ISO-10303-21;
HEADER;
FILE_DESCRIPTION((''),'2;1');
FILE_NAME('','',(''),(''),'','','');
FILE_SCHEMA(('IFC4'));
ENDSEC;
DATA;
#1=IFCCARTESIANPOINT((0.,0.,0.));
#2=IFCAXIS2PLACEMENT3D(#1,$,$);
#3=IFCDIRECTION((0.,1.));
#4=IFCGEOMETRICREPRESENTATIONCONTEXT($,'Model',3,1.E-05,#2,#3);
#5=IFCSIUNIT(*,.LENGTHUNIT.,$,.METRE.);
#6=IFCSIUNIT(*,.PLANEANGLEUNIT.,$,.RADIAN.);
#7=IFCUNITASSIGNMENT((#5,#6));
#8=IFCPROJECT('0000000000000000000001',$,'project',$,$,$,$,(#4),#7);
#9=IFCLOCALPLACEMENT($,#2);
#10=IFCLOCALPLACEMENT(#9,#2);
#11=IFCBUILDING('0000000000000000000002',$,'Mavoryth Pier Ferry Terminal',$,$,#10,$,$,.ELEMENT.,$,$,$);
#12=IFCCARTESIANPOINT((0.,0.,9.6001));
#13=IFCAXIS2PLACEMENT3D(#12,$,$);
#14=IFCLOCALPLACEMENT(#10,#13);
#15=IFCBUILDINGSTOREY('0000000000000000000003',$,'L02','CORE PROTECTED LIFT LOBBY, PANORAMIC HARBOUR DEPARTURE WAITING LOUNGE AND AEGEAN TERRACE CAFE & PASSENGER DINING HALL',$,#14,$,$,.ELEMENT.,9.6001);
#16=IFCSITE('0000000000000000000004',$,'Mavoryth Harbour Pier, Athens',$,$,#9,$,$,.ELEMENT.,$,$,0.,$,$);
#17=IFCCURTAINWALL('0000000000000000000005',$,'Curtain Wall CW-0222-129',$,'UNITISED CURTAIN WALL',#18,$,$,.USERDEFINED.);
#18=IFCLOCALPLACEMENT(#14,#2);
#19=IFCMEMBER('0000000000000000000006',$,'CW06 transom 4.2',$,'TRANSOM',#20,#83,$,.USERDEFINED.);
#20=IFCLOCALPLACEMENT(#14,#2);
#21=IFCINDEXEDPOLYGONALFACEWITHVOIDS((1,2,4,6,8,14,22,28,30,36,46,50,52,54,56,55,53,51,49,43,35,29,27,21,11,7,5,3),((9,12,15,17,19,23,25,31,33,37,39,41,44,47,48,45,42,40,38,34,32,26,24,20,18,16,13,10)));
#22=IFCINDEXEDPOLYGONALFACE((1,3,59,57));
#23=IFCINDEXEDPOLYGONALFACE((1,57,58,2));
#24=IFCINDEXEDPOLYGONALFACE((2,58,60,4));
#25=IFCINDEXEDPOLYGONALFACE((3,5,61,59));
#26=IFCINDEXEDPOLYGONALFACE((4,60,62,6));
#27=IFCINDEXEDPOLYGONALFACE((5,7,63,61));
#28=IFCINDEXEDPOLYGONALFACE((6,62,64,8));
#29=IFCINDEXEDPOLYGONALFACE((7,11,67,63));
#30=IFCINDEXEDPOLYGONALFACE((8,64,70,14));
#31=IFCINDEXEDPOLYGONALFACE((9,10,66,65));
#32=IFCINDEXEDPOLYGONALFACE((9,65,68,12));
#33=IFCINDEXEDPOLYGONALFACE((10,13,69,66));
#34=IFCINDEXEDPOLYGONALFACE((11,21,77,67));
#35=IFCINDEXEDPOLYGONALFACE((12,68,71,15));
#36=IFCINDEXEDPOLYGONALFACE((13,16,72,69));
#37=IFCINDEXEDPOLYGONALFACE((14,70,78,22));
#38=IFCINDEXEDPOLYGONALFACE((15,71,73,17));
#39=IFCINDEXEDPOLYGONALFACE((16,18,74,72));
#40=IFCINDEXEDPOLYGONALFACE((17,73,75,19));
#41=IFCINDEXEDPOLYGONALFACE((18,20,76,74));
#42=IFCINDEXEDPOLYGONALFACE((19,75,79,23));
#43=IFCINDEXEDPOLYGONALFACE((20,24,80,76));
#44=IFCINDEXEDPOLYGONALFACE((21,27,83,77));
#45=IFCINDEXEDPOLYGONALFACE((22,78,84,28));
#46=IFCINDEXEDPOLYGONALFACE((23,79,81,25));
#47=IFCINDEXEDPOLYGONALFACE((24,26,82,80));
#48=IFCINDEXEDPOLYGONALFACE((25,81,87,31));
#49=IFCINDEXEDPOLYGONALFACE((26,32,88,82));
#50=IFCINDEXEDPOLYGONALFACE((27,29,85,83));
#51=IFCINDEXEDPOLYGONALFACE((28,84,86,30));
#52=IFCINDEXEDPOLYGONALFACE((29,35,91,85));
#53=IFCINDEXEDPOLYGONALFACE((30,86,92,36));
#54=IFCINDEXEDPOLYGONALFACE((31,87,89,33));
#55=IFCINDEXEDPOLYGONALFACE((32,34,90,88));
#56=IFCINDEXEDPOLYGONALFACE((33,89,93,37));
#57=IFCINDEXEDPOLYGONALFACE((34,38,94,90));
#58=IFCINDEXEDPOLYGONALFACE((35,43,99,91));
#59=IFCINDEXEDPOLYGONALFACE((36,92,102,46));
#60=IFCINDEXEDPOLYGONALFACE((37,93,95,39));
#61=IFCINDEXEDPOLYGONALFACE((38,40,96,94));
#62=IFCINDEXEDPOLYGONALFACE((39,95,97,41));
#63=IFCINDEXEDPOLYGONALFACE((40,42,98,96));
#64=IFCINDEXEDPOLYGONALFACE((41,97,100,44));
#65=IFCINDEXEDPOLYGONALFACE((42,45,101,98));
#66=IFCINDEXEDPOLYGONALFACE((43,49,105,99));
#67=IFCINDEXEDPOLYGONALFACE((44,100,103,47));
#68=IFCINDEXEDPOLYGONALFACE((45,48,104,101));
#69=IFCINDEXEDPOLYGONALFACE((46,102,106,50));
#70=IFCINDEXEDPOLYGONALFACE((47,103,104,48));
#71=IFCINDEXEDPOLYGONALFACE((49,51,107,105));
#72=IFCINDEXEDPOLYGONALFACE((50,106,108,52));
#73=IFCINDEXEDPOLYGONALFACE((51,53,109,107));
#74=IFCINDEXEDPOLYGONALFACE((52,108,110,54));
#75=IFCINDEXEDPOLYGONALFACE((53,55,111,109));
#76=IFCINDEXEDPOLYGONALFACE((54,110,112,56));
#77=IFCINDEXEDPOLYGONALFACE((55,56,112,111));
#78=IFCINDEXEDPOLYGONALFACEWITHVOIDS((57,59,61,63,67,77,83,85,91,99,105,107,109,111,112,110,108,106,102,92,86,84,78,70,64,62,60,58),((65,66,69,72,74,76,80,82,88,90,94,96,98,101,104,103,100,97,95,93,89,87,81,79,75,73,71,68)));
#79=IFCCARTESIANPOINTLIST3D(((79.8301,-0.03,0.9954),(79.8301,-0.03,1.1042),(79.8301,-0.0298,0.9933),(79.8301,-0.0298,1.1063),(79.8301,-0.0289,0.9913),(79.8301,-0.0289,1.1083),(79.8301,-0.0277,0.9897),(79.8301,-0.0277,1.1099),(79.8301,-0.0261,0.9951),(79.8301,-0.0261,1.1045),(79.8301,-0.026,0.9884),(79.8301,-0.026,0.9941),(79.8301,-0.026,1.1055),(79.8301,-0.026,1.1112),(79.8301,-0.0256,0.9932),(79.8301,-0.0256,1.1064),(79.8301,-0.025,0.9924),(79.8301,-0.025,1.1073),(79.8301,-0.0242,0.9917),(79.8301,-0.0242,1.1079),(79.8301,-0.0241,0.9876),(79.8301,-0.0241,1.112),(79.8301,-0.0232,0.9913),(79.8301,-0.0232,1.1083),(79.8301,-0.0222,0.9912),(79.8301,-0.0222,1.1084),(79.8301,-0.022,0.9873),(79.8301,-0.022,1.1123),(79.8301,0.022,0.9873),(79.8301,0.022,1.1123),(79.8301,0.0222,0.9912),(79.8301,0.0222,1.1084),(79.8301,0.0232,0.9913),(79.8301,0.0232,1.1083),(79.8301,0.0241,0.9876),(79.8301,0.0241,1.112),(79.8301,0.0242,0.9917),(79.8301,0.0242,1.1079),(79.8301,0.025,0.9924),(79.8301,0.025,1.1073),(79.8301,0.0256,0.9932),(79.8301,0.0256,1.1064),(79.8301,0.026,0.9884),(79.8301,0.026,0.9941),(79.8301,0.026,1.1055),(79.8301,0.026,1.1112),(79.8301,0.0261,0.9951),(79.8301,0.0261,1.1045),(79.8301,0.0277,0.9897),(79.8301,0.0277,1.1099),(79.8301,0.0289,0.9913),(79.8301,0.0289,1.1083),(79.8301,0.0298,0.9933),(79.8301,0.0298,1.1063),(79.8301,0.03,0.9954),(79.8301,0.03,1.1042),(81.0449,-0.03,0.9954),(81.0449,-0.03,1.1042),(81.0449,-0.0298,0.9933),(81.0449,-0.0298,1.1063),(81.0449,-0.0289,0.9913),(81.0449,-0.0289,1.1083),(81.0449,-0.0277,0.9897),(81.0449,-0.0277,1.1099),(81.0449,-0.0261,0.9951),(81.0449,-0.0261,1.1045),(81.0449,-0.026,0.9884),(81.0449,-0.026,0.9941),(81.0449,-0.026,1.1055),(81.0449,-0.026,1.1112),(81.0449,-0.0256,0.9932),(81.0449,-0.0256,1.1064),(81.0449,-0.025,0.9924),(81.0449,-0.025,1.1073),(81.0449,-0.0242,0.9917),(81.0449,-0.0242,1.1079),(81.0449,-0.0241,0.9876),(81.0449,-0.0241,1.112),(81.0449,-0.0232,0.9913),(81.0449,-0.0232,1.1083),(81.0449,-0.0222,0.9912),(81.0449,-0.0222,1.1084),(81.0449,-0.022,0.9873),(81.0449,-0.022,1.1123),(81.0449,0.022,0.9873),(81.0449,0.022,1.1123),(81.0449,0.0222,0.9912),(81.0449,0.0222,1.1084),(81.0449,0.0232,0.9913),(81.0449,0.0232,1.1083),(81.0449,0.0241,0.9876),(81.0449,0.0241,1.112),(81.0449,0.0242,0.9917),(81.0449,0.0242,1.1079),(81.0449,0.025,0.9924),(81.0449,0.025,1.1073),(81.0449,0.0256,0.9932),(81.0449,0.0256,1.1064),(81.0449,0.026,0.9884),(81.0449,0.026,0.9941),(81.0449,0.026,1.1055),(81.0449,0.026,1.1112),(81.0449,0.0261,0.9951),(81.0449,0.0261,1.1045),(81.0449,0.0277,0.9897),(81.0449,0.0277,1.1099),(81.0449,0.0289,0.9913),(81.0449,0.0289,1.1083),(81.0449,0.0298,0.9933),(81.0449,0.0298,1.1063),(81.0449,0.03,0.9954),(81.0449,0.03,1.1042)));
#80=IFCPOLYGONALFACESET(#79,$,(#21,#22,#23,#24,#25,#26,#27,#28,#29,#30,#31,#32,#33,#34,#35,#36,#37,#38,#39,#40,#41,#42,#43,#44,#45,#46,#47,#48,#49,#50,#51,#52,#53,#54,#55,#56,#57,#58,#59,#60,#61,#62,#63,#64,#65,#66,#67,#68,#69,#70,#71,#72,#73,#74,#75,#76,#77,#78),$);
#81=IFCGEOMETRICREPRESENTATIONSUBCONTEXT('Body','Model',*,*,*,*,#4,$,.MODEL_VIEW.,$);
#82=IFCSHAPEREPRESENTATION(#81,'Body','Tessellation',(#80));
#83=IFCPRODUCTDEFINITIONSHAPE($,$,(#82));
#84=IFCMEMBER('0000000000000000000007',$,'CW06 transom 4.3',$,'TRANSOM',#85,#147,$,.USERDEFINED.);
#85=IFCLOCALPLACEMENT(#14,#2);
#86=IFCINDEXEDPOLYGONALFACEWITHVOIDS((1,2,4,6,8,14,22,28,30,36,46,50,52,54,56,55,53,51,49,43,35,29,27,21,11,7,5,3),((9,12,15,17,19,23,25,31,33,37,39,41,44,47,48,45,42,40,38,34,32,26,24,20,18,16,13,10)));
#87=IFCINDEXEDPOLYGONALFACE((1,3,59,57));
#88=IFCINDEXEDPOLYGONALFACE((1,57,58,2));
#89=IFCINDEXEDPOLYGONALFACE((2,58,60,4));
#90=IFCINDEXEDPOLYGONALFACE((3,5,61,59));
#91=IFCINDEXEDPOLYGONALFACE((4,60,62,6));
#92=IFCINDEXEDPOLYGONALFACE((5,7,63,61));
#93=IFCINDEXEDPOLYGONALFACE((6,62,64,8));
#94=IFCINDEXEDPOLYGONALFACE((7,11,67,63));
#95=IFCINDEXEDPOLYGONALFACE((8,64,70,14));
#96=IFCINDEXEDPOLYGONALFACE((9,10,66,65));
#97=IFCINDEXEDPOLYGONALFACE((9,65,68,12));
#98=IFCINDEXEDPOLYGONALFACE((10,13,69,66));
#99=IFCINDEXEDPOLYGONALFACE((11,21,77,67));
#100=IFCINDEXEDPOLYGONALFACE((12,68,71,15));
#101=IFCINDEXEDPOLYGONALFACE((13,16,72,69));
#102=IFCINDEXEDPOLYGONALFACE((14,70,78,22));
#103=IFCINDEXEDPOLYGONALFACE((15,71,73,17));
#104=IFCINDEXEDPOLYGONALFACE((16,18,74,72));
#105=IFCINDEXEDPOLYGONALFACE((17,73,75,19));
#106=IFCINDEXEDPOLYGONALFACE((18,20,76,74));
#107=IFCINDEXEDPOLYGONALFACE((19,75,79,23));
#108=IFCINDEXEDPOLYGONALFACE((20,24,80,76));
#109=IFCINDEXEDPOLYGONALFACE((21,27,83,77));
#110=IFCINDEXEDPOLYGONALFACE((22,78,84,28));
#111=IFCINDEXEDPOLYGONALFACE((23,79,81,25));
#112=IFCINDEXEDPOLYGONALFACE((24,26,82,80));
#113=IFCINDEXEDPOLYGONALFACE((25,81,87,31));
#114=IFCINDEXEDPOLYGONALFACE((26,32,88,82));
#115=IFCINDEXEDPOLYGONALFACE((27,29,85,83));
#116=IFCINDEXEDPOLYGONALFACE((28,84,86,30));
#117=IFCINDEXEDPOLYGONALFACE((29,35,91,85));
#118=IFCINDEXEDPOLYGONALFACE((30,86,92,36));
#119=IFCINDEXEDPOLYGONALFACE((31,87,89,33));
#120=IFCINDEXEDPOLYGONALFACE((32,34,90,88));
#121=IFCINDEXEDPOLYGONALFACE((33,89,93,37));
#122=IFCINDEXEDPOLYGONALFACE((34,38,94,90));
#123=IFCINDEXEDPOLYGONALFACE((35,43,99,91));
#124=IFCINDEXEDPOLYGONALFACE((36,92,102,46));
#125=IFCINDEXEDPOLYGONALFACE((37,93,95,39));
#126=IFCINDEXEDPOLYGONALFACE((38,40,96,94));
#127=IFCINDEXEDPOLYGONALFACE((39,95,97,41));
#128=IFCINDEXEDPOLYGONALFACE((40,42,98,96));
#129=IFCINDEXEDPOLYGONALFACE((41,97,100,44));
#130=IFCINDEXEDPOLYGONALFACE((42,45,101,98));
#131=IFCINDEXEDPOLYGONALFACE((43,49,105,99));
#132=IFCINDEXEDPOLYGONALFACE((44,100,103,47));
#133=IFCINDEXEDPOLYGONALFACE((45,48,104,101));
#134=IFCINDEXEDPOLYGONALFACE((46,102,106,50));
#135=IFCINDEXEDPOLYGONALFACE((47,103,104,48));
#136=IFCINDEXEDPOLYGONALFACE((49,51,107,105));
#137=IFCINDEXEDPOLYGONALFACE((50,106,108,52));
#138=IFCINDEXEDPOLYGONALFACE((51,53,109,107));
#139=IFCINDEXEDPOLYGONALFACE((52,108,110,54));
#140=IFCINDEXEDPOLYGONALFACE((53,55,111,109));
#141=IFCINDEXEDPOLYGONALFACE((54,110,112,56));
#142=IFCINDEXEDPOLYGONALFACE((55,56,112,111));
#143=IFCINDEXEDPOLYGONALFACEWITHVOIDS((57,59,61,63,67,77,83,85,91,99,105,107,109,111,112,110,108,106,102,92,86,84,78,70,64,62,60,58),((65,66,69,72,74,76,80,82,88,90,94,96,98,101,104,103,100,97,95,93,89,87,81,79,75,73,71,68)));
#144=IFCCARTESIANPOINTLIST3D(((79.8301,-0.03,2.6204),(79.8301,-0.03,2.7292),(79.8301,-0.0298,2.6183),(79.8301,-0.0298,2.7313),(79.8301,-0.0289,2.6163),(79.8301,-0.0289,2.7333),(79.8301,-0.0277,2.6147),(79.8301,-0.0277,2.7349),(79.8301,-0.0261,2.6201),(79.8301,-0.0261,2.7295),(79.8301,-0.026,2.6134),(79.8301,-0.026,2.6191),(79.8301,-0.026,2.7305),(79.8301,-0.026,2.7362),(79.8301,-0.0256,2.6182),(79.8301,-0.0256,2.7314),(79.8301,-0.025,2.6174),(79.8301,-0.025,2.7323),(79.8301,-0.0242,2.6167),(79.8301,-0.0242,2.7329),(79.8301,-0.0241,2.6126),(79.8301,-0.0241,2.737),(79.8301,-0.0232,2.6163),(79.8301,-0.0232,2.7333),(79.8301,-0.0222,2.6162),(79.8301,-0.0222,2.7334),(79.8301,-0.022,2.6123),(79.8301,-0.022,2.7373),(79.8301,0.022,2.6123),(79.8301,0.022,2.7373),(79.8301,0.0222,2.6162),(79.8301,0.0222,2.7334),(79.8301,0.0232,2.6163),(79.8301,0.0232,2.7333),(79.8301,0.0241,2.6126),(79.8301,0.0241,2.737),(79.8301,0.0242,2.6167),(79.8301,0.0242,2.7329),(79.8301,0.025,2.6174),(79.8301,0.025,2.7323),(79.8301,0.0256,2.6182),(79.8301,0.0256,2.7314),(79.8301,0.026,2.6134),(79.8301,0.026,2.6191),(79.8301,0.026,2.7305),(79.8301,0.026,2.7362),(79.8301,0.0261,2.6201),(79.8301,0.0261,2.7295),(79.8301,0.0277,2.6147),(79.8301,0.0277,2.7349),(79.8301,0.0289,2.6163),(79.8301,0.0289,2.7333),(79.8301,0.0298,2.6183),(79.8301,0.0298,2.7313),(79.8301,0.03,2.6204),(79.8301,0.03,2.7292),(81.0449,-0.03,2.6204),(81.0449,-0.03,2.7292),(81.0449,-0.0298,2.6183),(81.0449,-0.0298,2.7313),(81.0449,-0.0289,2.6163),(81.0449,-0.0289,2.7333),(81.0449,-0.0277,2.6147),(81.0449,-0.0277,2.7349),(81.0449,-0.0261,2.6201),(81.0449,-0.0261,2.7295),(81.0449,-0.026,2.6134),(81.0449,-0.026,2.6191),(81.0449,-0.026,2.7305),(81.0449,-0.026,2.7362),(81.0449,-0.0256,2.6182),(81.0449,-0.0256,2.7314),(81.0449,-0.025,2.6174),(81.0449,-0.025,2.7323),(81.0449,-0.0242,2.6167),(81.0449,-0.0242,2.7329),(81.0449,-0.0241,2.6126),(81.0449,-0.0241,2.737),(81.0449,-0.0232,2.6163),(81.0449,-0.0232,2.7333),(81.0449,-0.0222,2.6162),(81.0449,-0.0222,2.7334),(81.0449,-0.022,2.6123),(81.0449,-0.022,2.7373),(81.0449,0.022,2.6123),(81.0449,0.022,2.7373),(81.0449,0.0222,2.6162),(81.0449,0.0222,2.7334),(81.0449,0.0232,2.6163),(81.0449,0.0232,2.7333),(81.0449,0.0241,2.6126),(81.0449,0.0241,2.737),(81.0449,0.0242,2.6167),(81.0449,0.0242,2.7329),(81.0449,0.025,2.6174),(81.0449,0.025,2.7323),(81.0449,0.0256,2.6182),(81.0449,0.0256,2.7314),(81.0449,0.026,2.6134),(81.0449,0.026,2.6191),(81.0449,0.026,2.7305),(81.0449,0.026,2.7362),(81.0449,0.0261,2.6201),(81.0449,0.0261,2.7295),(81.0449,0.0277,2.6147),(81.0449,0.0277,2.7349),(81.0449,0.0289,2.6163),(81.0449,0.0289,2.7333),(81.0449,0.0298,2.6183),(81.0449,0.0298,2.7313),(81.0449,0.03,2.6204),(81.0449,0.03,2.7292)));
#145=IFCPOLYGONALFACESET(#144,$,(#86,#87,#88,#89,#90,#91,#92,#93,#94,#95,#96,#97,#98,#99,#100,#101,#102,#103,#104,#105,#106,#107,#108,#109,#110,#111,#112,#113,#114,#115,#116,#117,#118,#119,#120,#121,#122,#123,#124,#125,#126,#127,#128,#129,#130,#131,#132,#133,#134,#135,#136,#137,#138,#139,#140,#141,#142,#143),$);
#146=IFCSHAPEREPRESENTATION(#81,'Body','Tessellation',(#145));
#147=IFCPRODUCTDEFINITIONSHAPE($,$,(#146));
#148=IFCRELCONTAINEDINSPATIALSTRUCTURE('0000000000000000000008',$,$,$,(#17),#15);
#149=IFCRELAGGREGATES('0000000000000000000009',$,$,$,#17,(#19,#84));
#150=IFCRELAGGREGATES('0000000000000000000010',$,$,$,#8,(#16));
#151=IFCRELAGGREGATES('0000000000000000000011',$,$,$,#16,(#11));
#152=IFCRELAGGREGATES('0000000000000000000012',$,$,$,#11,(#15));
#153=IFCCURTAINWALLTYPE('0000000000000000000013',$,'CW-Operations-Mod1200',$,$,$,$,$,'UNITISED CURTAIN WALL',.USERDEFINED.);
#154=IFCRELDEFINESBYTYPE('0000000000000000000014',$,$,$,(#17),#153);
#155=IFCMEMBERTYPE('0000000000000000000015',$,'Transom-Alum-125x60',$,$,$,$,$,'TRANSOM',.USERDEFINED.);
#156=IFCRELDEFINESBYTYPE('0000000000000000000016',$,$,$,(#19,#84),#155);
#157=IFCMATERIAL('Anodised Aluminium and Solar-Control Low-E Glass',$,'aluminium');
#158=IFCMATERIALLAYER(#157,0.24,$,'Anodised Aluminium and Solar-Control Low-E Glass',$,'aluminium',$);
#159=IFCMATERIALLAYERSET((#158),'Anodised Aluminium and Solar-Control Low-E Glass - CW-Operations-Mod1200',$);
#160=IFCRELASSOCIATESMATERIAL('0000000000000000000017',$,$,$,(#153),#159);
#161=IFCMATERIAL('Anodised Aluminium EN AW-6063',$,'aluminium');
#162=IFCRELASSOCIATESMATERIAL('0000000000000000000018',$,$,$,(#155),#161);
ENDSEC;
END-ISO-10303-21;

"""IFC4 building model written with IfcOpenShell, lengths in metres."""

from ifc_helpers import new_model, si_unit, direction, frame, origin, origin_2d, place, context, subcontext, project, spatial, hollow_rectangle, extrude, material, layer, layer_set, material_profile, profile_set, type_object, element, aggregate, save


model = new_model("IFC4")

# Units and contexts
model_context = context("Model", 3, precision=1e-05, world=origin(), true_north=direction((0.0, 1.0)))
body_context = subcontext(model_context, "Body", "Model", "MODEL_VIEW")
ifc_project = project(units=[si_unit("LENGTHUNIT", "METRE"), si_unit("PLANEANGLEUNIT", "RADIAN")], contexts=[model_context])

# Site, building, storey
site_placement = place(None, origin())
site = spatial("IfcSite", under=ifc_project, at=site_placement, Name="Mavoryth Harbour Pier, Athens", CompositionType="ELEMENT", RefElevation=0.0)
building_placement = place(site_placement, origin())
building = spatial("IfcBuilding", under=site, at=building_placement, Name="Mavoryth Pier Ferry Terminal", CompositionType="ELEMENT")
storey_placement = place(building_placement, frame((0.0, 0.0, 9.6001)))
storey = spatial("IfcBuildingStorey", under=building, at=storey_placement, Name="L02", Description="CORE PROTECTED LIFT LOBBY, PANORAMIC HARBOUR DEPARTURE WAITING LOUNGE AND AEGEAN TERRACE CAFE & PASSENGER DINING HALL", CompositionType="ELEMENT", Elevation=9.6001)

# Curtain wall
ifc_material_1 = material(Name="Anodised Aluminium and Solar-Control Low-E Glass", Category="aluminium")
ifc_layer_1 = layer(ifc_material_1, 0.24, Name="Anodised Aluminium and Solar-Control Low-E Glass", Category="aluminium")
ifc_layer_set_1 = layer_set([ifc_layer_1], Name="Anodised Aluminium and Solar-Control Low-E Glass - CW-Operations-Mod1200")
curtain_wall_type = type_object("IfcCurtainWallType", Name="CW-Operations-Mod1200", ElementType="UNITISED CURTAIN WALL", PredefinedType="USERDEFINED", material=ifc_layer_set_1)
ifc_material_2 = material(Name="Anodised Aluminium EN AW-6063", Category="aluminium")
curtain_wall_1_placement = place(storey_placement, origin())
curtain_wall_1 = element("IfcCurtainWall", 1, at=curtain_wall_1_placement, inside=storey, type_object=curtain_wall_type, Name="Curtain Wall CW-0222-129", ObjectType="UNITISED CURTAIN WALL", PredefinedType="USERDEFINED")

# Members
ifc_material_profile_1 = material_profile(ifc_material_2, hollow_rectangle(XDim=0.0601, YDim=0.125, WallThickness=0.0039, InnerFilletRadius=0.0039, OuterFilletRadius=0.0081, at=origin_2d()), Name="AL-TRAN 125x60x4", Category="aluminium")
ifc_profile_set_1 = profile_set([ifc_material_profile_1], Name="Anodised Aluminium EN AW-6063 - AL-TRAN 125x60x4")
member_type_1 = type_object("IfcMemberType", Name="Transom-Alum-125x60", ElementType="TRANSOM", PredefinedType="USERDEFINED", material=ifc_profile_set_1)
member_1_placement = place(storey_placement, frame((79.8301, 0.0, 1.0498), z_axis=(1.0, 0.0, 0.0), x_axis=(0.0, 1.0, 0.0)))
member_1 = element("IfcMember", 2, at=member_1_placement, type_object=member_type_1, Name="CW06 transom 4.2", ObjectType="TRANSOM", PredefinedType="USERDEFINED", context=body_context, shape_type="SweptSolid", body=[
    extrude(hollow_rectangle(XDim=0.0601, YDim=0.125, WallThickness=0.0039, InnerFilletRadius=0.0039, OuterFilletRadius=0.0081, at=origin_2d()), origin(), (0.0, 0.0, 1.0), 1.2148),
])
member_2_placement = place(storey_placement, frame((79.8301, 0.0, 2.6748), z_axis=(1.0, 0.0, 0.0), x_axis=(0.0, 1.0, 0.0)))
member_2 = element("IfcMember", 3, at=member_2_placement, type_object=member_type_1, Name="CW06 transom 4.3", ObjectType="TRANSOM", PredefinedType="USERDEFINED", context=body_context, shape_type="SweptSolid", body=[
    extrude(hollow_rectangle(XDim=0.0601, YDim=0.125, WallThickness=0.0039, InnerFilletRadius=0.0039, OuterFilletRadius=0.0081, at=origin_2d()), origin(), (0.0, 0.0, 1.0), 1.2148),
])

aggregate(curtain_wall_1, [member_1, member_2])

save(model, "model.ifc")
